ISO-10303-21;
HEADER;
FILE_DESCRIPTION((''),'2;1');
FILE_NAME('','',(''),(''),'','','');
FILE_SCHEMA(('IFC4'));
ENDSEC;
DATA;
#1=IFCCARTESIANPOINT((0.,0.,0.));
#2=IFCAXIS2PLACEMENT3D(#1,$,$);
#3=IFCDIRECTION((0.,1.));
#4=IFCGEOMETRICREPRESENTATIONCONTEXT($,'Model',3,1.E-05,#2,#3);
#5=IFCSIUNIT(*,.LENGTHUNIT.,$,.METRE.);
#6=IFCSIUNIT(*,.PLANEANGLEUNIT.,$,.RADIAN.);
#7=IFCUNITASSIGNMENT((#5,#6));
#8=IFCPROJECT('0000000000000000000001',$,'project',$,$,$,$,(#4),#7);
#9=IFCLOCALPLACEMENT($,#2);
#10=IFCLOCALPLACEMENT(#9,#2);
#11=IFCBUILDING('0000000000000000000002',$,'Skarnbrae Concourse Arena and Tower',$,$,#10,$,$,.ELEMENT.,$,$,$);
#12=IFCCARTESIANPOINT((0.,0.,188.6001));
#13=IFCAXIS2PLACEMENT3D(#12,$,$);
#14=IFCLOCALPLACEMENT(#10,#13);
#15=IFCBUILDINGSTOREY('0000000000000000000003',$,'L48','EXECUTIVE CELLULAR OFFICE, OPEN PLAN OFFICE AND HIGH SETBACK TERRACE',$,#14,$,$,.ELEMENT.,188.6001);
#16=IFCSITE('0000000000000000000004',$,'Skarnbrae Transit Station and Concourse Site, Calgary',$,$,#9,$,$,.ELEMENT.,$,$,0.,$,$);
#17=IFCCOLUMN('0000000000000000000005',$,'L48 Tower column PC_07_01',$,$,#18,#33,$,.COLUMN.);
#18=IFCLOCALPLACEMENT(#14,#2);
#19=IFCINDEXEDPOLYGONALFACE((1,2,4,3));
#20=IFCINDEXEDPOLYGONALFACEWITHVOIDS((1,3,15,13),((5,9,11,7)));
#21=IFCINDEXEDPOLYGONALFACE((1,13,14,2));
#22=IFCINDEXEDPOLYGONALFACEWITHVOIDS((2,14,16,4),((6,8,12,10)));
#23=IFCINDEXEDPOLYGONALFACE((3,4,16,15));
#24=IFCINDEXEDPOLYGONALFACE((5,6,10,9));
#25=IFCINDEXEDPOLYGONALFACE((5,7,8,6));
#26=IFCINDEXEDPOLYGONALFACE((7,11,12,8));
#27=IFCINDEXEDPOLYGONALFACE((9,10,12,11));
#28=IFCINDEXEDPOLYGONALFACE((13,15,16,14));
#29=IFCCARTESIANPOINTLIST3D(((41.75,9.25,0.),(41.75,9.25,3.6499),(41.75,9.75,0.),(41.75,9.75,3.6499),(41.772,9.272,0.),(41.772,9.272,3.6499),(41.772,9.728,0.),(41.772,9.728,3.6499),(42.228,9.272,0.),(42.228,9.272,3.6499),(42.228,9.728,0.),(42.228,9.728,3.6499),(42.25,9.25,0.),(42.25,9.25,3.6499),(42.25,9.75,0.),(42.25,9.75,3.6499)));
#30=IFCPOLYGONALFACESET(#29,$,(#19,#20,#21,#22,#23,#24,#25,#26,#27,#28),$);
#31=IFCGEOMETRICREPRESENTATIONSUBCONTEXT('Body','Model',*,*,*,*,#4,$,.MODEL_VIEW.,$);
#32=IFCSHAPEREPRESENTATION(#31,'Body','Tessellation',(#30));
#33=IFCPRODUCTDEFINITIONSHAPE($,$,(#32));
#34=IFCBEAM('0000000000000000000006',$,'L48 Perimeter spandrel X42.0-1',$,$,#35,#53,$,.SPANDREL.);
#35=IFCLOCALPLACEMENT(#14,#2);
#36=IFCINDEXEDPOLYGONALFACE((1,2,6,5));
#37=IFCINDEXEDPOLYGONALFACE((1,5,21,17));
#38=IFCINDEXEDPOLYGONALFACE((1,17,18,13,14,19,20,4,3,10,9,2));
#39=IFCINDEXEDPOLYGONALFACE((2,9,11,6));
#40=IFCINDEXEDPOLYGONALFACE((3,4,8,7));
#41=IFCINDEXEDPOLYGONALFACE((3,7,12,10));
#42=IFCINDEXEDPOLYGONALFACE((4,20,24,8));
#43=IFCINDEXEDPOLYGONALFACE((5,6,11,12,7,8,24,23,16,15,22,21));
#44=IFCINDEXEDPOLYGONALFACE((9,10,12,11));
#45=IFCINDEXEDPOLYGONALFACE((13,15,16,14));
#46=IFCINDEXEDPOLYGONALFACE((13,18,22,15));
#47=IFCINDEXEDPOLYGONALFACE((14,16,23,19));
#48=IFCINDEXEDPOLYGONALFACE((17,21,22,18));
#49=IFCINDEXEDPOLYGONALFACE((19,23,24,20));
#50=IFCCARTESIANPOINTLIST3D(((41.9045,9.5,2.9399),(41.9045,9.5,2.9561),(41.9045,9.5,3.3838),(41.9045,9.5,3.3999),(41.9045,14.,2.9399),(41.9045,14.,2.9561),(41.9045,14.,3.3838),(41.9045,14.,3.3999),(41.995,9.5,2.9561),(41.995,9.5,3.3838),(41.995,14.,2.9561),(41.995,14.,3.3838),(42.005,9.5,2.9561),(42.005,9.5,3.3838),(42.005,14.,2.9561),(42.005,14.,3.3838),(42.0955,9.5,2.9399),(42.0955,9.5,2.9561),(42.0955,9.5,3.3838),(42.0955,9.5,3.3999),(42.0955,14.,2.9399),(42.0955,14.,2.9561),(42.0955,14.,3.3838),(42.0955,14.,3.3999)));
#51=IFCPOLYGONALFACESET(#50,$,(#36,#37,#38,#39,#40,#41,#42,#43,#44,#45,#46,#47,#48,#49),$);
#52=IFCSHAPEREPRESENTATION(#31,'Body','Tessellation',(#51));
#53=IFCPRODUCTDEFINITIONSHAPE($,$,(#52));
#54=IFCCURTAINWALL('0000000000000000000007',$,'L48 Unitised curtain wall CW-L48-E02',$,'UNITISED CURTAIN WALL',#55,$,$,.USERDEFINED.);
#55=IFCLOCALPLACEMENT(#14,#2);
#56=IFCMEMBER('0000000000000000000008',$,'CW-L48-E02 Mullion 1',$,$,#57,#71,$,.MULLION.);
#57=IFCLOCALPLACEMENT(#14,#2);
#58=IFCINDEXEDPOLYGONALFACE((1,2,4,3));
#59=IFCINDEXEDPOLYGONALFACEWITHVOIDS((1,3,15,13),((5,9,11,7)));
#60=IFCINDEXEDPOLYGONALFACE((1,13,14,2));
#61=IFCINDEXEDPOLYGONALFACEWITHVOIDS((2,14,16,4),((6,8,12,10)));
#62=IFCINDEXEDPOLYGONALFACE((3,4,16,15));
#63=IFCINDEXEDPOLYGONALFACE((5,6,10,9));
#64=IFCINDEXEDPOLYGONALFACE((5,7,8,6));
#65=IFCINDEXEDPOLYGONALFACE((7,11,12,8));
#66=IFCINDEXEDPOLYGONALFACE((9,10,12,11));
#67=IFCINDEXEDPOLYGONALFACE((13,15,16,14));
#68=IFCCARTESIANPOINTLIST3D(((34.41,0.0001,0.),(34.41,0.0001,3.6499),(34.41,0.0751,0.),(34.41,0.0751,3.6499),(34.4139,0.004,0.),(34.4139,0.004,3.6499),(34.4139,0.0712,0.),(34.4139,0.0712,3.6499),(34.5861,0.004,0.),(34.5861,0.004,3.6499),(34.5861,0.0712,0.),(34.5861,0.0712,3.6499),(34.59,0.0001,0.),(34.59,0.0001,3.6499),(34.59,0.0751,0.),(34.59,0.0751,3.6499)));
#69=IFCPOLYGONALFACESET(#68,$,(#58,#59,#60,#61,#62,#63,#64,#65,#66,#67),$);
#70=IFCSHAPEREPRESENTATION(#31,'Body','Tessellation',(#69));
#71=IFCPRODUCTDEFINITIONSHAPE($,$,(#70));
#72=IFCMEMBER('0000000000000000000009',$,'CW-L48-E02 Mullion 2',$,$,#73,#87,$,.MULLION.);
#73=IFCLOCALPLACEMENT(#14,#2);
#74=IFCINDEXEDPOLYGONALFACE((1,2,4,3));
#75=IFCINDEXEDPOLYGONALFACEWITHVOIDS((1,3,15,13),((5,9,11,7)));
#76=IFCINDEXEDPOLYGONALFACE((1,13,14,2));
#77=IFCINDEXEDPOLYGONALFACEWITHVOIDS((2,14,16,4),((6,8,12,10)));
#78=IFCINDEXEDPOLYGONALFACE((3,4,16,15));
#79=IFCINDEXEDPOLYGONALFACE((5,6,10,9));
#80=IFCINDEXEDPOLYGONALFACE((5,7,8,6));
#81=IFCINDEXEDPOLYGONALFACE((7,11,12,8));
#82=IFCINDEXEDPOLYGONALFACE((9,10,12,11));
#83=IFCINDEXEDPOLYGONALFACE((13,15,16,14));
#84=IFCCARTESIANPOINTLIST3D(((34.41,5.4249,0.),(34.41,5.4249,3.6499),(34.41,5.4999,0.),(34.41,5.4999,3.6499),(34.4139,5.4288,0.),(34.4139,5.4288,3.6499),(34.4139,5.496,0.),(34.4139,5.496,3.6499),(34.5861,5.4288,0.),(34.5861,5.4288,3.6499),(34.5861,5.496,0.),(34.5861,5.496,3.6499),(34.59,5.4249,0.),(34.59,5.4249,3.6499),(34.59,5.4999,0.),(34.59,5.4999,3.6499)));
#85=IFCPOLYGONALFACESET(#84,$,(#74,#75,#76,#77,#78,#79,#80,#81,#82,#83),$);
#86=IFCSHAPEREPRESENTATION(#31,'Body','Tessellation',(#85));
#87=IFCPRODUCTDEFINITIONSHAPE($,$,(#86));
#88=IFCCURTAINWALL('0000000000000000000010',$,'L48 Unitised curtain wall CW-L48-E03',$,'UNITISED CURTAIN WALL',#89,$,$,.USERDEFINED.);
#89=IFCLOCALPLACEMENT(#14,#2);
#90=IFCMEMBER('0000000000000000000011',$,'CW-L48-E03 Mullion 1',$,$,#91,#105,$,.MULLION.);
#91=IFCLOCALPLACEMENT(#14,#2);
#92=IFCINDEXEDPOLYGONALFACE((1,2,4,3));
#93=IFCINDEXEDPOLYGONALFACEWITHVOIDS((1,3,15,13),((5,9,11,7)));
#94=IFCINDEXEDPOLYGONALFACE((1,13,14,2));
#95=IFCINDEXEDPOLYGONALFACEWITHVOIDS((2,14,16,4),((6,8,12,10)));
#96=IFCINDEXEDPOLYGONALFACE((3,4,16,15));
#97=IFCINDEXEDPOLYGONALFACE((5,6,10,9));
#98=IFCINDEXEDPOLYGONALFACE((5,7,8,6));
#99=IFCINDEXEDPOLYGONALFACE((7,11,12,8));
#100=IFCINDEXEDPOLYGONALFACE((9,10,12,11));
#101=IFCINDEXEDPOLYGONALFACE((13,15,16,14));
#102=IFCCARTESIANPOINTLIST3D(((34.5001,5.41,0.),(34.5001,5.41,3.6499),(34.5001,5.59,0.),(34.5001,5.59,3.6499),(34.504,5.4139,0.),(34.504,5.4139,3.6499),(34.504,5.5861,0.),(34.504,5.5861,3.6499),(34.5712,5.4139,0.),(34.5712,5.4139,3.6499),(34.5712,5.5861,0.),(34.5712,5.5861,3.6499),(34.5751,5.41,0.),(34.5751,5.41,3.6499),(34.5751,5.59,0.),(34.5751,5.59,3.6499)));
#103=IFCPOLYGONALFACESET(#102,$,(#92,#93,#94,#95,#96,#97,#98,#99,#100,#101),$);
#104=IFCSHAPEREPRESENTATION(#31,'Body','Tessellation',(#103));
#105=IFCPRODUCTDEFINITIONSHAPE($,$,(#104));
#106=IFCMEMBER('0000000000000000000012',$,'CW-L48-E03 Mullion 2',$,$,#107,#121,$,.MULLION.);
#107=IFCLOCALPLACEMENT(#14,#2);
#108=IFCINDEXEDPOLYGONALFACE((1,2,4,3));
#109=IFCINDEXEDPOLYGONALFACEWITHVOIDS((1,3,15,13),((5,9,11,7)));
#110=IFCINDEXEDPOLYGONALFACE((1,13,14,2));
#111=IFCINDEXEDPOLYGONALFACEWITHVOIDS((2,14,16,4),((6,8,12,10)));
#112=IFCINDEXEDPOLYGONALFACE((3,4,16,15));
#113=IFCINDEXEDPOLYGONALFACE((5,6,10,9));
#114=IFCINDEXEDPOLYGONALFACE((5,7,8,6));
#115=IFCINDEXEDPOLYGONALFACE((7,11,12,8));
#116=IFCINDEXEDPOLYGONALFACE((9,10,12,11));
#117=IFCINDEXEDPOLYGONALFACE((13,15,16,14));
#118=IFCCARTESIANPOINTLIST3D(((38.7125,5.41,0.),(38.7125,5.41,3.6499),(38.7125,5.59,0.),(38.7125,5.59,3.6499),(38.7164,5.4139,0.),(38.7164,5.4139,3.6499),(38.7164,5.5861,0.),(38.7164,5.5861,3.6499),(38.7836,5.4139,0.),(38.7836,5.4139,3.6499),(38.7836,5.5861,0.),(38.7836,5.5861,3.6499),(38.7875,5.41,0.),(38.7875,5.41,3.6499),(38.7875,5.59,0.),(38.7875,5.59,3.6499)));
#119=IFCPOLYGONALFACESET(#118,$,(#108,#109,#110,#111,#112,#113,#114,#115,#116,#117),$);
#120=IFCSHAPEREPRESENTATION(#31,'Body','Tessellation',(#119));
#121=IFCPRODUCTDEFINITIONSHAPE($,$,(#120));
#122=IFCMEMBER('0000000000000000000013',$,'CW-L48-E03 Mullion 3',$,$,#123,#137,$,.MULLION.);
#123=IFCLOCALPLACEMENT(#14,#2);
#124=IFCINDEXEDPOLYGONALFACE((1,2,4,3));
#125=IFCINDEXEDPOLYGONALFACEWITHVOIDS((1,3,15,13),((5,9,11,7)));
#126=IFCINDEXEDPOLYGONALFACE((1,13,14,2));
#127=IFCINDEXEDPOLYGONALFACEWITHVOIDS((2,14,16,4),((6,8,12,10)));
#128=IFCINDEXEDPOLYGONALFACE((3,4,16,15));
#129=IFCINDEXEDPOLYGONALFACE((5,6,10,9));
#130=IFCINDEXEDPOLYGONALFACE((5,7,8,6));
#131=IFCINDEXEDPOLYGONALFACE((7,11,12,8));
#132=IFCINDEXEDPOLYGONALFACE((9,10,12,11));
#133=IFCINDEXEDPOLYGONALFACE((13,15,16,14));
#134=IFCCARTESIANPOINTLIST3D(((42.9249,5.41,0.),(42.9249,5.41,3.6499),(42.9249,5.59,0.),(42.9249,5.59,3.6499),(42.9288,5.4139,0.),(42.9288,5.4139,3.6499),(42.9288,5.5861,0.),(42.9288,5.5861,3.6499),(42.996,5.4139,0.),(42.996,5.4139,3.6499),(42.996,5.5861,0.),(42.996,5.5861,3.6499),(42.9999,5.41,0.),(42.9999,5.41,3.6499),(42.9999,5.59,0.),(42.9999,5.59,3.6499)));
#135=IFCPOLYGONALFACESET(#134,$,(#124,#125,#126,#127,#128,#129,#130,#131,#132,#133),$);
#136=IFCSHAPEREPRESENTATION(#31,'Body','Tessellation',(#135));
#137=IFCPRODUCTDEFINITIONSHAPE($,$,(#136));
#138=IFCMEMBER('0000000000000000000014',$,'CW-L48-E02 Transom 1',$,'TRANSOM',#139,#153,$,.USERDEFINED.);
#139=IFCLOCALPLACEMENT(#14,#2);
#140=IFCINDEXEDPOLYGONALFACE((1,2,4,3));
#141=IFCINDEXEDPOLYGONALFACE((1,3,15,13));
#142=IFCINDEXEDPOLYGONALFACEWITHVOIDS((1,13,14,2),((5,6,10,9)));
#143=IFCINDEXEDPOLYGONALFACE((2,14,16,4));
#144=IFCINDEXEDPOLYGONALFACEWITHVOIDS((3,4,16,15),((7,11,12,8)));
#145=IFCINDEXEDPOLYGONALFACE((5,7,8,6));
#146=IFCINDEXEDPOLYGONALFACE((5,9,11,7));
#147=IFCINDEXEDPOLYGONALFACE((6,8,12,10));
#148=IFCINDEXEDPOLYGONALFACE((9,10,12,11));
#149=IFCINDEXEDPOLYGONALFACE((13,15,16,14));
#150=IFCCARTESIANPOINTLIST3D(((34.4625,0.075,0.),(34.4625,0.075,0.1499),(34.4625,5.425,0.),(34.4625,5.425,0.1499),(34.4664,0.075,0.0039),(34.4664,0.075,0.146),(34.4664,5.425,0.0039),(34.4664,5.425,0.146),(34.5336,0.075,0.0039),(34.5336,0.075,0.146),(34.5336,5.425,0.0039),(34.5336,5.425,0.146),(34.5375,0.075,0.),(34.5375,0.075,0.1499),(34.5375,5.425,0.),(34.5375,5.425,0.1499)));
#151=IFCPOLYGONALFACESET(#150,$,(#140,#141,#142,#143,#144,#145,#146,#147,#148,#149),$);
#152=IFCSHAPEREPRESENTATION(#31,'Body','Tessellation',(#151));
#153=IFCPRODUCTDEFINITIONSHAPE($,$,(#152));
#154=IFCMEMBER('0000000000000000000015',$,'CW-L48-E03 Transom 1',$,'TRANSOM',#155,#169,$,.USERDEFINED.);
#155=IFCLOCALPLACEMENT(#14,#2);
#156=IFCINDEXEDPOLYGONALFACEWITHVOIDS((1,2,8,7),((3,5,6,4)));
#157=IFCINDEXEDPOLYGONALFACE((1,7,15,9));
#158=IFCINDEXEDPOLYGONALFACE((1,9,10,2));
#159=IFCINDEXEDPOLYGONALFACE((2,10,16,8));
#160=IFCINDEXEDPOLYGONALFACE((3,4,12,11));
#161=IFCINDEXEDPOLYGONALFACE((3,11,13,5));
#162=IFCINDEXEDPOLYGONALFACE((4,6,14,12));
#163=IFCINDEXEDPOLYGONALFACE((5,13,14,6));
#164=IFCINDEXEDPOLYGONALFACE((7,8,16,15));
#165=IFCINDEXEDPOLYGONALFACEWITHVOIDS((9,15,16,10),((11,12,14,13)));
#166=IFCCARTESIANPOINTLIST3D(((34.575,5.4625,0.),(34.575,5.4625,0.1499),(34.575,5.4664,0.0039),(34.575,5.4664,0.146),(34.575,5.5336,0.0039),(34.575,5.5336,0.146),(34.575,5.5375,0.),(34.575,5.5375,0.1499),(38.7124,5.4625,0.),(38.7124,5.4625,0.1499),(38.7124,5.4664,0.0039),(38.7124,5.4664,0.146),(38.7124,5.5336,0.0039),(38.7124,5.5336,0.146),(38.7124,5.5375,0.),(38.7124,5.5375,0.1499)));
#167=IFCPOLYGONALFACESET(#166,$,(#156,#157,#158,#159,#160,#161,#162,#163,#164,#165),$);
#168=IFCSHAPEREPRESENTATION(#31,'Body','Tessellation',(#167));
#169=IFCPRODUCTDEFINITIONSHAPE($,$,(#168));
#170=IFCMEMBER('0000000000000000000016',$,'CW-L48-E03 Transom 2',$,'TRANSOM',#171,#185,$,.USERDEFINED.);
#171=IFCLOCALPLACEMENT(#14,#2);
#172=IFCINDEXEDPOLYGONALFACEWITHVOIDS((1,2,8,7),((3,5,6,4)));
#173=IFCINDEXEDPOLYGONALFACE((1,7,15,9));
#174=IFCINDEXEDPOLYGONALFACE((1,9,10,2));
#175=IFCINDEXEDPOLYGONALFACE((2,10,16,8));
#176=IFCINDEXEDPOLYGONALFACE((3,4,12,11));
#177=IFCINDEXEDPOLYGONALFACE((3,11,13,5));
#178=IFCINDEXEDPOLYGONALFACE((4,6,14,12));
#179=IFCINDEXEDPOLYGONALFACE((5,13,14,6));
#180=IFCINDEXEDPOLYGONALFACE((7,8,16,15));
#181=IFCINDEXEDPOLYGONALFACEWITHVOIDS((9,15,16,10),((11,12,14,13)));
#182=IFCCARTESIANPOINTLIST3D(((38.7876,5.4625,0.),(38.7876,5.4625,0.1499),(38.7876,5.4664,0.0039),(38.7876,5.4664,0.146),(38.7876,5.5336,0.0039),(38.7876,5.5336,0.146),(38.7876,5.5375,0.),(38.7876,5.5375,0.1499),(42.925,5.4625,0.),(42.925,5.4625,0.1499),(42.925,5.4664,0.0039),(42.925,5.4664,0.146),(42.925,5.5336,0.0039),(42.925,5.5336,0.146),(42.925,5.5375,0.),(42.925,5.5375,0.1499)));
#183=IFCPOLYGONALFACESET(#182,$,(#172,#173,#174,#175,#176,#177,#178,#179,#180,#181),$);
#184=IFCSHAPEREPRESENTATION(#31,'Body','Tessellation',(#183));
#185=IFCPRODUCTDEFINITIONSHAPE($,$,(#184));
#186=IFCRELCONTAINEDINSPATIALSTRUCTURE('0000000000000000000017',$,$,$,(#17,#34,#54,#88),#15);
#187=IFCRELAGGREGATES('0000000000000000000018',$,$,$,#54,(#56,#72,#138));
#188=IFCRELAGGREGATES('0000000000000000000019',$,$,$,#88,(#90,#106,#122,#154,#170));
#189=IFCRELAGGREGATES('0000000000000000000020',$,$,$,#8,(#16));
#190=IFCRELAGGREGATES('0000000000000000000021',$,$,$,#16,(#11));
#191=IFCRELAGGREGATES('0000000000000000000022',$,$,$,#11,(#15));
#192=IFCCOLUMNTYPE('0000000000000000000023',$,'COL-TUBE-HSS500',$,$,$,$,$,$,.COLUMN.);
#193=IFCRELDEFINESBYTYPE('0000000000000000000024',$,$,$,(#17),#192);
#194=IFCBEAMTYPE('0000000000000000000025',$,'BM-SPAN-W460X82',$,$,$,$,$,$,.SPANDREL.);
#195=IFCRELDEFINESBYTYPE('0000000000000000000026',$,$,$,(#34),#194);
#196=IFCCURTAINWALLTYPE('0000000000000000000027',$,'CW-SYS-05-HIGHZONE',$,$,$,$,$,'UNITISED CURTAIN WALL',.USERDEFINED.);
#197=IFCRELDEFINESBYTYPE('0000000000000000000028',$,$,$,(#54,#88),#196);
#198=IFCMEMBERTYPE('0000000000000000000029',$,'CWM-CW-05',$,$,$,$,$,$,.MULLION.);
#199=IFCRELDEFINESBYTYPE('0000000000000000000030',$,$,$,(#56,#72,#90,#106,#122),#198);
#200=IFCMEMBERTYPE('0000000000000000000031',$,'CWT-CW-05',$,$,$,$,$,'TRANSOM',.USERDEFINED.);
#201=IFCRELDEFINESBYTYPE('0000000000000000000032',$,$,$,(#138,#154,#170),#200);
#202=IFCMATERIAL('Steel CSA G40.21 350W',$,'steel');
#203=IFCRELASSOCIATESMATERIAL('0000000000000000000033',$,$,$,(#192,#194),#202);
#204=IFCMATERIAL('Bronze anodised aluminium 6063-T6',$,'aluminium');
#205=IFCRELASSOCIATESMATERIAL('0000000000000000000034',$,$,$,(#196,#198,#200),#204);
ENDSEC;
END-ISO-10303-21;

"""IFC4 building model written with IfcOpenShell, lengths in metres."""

from ifc_helpers import new_model, si_unit, direction, frame, origin, origin_2d, place, context, subcontext, project, spatial, hollow_rectangle, i_section, extrude, source, transform, mapped, material, material_profile, profile_set, type_object, element, aggregate, save


model = new_model("IFC4")

# Units and contexts
model_context = context("Model", 3, precision=1e-05, world=origin(), true_north=direction((0.0, 1.0)))
body_context = subcontext(model_context, "Body", "Model", "MODEL_VIEW")
ifc_project = project(units=[si_unit("LENGTHUNIT", "METRE"), si_unit("PLANEANGLEUNIT", "RADIAN")], contexts=[model_context])

# Site, building, storey
site_placement = place(None, origin())
site = spatial("IfcSite", under=ifc_project, at=site_placement, Name="Skarnbrae Transit Station and Concourse Site, Calgary", CompositionType="ELEMENT", RefElevation=0.0)
building_placement = place(site_placement, origin())
building = spatial("IfcBuilding", under=site, at=building_placement, Name="Skarnbrae Concourse Arena and Tower", CompositionType="ELEMENT")
storey_placement = place(building_placement, frame((0.0, 0.0, 188.6001)))
storey = spatial("IfcBuildingStorey", under=building, at=storey_placement, Name="L48", Description="EXECUTIVE CELLULAR OFFICE, OPEN PLAN OFFICE AND HIGH SETBACK TERRACE", CompositionType="ELEMENT", Elevation=188.6001)

# Column
ifc_material_1 = material(Name="Steel CSA G40.21 350W", Category="steel")
ifc_material_profile_1 = material_profile(ifc_material_1, hollow_rectangle(XDim=0.5, YDim=0.5, WallThickness=0.022, at=origin_2d()), Name="HSS500X500X22.0")
ifc_profile_set_1 = profile_set([ifc_material_profile_1], Name="Steel CSA G40.21 350W")
column_type = type_object("IfcColumnType", Name="COL-TUBE-HSS500", PredefinedType="COLUMN", material=ifc_profile_set_1)
shared_shape_1 = source(origin(), body_context, "Body", "SweptSolid", [
    extrude(hollow_rectangle(XDim=0.5, YDim=0.5, WallThickness=0.022, at=origin_2d()), origin(), (0.0, 0.0, 1.0), 3.6499),
])
column_placement = place(storey_placement, frame((42.0, 9.5, 0.0), z_axis=(0.0, 0.0, 1.0), x_axis=(1.0, 0.0, 0.0)))
element("IfcColumn", 1, at=column_placement, inside=storey, type_object=column_type, Name="L48 Tower column PC_07_01", PredefinedType="COLUMN", context=body_context, shape_type="MappedRepresentation", body=[
    mapped(shared_shape_1, transform((0.0, 0.0, 0.0))),
])

# Beam
ifc_material_profile_2 = material_profile(ifc_material_1, i_section(OverallWidth=0.1909, OverallDepth=0.46, WebThickness=0.01, FlangeThickness=0.0161, at=origin_2d()), Name="W460X82")
ifc_profile_set_2 = profile_set([ifc_material_profile_2], Name="Steel CSA G40.21 350W")
beam_type = type_object("IfcBeamType", Name="BM-SPAN-W460X82", PredefinedType="SPANDREL", material=ifc_profile_set_2)
shared_shape_2 = source(origin(), body_context, "Body", "SweptSolid", [
    extrude(i_section(OverallWidth=0.1909, OverallDepth=0.46, WebThickness=0.01, FlangeThickness=0.0161, at=origin_2d()), origin(), (0.0, 0.0, 1.0), 4.5),
])
beam_placement = place(storey_placement, frame((42.0, 9.5, 3.1699), z_axis=(0.0, 1.0, 0.0), x_axis=(-1.0, 0.0, 0.0)))
element("IfcBeam", 2, at=beam_placement, inside=storey, type_object=beam_type, Name="L48 Perimeter spandrel X42.0-1", PredefinedType="SPANDREL", context=body_context, shape_type="MappedRepresentation", body=[
    mapped(shared_shape_2, transform((0.0, 0.0, 0.0))),
])

# Curtain walls, members
ifc_material_2 = material(Name="Bronze anodised aluminium 6063-T6", Category="aluminium")
curtain_wall_type = type_object("IfcCurtainWallType", Name="CW-SYS-05-HIGHZONE", ElementType="UNITISED CURTAIN WALL", PredefinedType="USERDEFINED", material=ifc_material_2)
curtain_wall_1_placement = place(storey_placement, origin())
curtain_wall_1 = element("IfcCurtainWall", 3, at=curtain_wall_1_placement, inside=storey, type_object=curtain_wall_type, Name="L48 Unitised curtain wall CW-L48-E02", ObjectType="UNITISED CURTAIN WALL", PredefinedType="USERDEFINED")
ifc_material_profile_3 = material_profile(ifc_material_2, hollow_rectangle(XDim=0.075, YDim=0.1799, WallThickness=0.0039, at=origin_2d()), Name="ALU-MULL-75X180")
ifc_profile_set_3 = profile_set([ifc_material_profile_3], Name="Bronze anodised aluminium 6063-T6")
member_type_1 = type_object("IfcMemberType", Name="CWM-CW-05", PredefinedType="MULLION", material=ifc_profile_set_3)
shared_shape_3 = source(origin(), body_context, "Body", "SweptSolid", [
    extrude(hollow_rectangle(XDim=0.075, YDim=0.1799, WallThickness=0.0039, at=origin_2d()), origin(), (0.0, 0.0, 1.0), 3.6499),
])
member_1_placement = place(storey_placement, frame((34.5, 0.0376, 0.0), z_axis=(0.0, 0.0, 1.0), x_axis=(0.0, 1.0, 0.0)))
member_1 = element("IfcMember", 4, at=member_1_placement, type_object=member_type_1, Name="CW-L48-E02 Mullion 1", PredefinedType="MULLION", context=body_context, shape_type="MappedRepresentation", body=[
    mapped(shared_shape_3, transform((0.0, 0.0, 0.0))),
])
member_2_placement = place(storey_placement, frame((34.5, 5.4624, 0.0), z_axis=(0.0, 0.0, 1.0), x_axis=(0.0, 1.0, 0.0)))
member_2 = element("IfcMember", 5, at=member_2_placement, type_object=member_type_1, Name="CW-L48-E02 Mullion 2", PredefinedType="MULLION", context=body_context, shape_type="MappedRepresentation", body=[
    mapped(shared_shape_3, transform((0.0, 0.0, 0.0))),
])
curtain_wall_2_placement = place(storey_placement, origin())
curtain_wall_2 = element("IfcCurtainWall", 6, at=curtain_wall_2_placement, inside=storey, type_object=curtain_wall_type, Name="L48 Unitised curtain wall CW-L48-E03", ObjectType="UNITISED CURTAIN WALL", PredefinedType="USERDEFINED")
member_3_placement = place(storey_placement, frame((34.5376, 5.5, 0.0), z_axis=(0.0, 0.0, 1.0), x_axis=(1.0, 0.0, 0.0)))
member_3 = element("IfcMember", 7, at=member_3_placement, type_object=member_type_1, Name="CW-L48-E03 Mullion 1", PredefinedType="MULLION", context=body_context, shape_type="MappedRepresentation", body=[
    mapped(shared_shape_3, transform((0.0, 0.0, 0.0))),
])
member_4_placement = place(storey_placement, frame((38.75, 5.5, 0.0), z_axis=(0.0, 0.0, 1.0), x_axis=(1.0, 0.0, 0.0)))
member_4 = element("IfcMember", 8, at=member_4_placement, type_object=member_type_1, Name="CW-L48-E03 Mullion 2", PredefinedType="MULLION", context=body_context, shape_type="MappedRepresentation", body=[
    mapped(shared_shape_3, transform((0.0, 0.0, 0.0))),
])
member_5_placement = place(storey_placement, frame((42.9624, 5.5, 0.0), z_axis=(0.0, 0.0, 1.0), x_axis=(1.0, 0.0, 0.0)))
member_5 = element("IfcMember", 9, at=member_5_placement, type_object=member_type_1, Name="CW-L48-E03 Mullion 3", PredefinedType="MULLION", context=body_context, shape_type="MappedRepresentation", body=[
    mapped(shared_shape_3, transform((0.0, 0.0, 0.0))),
])

# Members
ifc_material_profile_4 = material_profile(ifc_material_2, hollow_rectangle(XDim=0.075, YDim=0.1499, WallThickness=0.0039, at=origin_2d()), Name="ALU-TRAN-75X150")
ifc_profile_set_4 = profile_set([ifc_material_profile_4], Name="Bronze anodised aluminium 6063-T6")
member_type_2 = type_object("IfcMemberType", Name="CWT-CW-05", ElementType="TRANSOM", PredefinedType="USERDEFINED", material=ifc_profile_set_4)
shared_shape_4 = source(origin(), body_context, "Body", "SweptSolid", [
    extrude(hollow_rectangle(XDim=0.075, YDim=0.1499, WallThickness=0.0039, at=origin_2d()), origin(), (0.0, 0.0, 1.0), 5.3501),
])
member_6_placement = place(storey_placement, frame((34.5, 0.075, 0.075), z_axis=(0.0, 1.0, 0.0), x_axis=(-1.0, 0.0, 0.0)))
member_6 = element("IfcMember", 10, at=member_6_placement, type_object=member_type_2, Name="CW-L48-E02 Transom 1", ObjectType="TRANSOM", PredefinedType="USERDEFINED", context=body_context, shape_type="MappedRepresentation", body=[
    mapped(shared_shape_4, transform((0.0, 0.0, 0.0))),
])
shared_shape_5 = source(origin(), body_context, "Body", "SweptSolid", [
    extrude(hollow_rectangle(XDim=0.075, YDim=0.1499, WallThickness=0.0039, at=origin_2d()), origin(), (0.0, 0.0, 1.0), 4.1375),
])
member_7_placement = place(storey_placement, frame((34.575, 5.5, 0.075), z_axis=(1.0, 0.0, 0.0), x_axis=(0.0, 1.0, 0.0)))
member_7 = element("IfcMember", 11, at=member_7_placement, type_object=member_type_2, Name="CW-L48-E03 Transom 1", ObjectType="TRANSOM", PredefinedType="USERDEFINED", context=body_context, shape_type="MappedRepresentation", body=[
    mapped(shared_shape_5, transform((0.0, 0.0, 0.0))),
])
member_8_placement = place(storey_placement, frame((38.7876, 5.5, 0.075), z_axis=(1.0, 0.0, 0.0), x_axis=(0.0, 1.0, 0.0)))
member_8 = element("IfcMember", 12, at=member_8_placement, type_object=member_type_2, Name="CW-L48-E03 Transom 2", ObjectType="TRANSOM", PredefinedType="USERDEFINED", context=body_context, shape_type="MappedRepresentation", body=[
    mapped(shared_shape_5, transform((0.0, 0.0, 0.0))),
])

aggregate(curtain_wall_1, [member_1, member_2, member_6])
aggregate(curtain_wall_2, [member_3, member_4, member_5, member_7, member_8])

save(model, "model.ifc")
